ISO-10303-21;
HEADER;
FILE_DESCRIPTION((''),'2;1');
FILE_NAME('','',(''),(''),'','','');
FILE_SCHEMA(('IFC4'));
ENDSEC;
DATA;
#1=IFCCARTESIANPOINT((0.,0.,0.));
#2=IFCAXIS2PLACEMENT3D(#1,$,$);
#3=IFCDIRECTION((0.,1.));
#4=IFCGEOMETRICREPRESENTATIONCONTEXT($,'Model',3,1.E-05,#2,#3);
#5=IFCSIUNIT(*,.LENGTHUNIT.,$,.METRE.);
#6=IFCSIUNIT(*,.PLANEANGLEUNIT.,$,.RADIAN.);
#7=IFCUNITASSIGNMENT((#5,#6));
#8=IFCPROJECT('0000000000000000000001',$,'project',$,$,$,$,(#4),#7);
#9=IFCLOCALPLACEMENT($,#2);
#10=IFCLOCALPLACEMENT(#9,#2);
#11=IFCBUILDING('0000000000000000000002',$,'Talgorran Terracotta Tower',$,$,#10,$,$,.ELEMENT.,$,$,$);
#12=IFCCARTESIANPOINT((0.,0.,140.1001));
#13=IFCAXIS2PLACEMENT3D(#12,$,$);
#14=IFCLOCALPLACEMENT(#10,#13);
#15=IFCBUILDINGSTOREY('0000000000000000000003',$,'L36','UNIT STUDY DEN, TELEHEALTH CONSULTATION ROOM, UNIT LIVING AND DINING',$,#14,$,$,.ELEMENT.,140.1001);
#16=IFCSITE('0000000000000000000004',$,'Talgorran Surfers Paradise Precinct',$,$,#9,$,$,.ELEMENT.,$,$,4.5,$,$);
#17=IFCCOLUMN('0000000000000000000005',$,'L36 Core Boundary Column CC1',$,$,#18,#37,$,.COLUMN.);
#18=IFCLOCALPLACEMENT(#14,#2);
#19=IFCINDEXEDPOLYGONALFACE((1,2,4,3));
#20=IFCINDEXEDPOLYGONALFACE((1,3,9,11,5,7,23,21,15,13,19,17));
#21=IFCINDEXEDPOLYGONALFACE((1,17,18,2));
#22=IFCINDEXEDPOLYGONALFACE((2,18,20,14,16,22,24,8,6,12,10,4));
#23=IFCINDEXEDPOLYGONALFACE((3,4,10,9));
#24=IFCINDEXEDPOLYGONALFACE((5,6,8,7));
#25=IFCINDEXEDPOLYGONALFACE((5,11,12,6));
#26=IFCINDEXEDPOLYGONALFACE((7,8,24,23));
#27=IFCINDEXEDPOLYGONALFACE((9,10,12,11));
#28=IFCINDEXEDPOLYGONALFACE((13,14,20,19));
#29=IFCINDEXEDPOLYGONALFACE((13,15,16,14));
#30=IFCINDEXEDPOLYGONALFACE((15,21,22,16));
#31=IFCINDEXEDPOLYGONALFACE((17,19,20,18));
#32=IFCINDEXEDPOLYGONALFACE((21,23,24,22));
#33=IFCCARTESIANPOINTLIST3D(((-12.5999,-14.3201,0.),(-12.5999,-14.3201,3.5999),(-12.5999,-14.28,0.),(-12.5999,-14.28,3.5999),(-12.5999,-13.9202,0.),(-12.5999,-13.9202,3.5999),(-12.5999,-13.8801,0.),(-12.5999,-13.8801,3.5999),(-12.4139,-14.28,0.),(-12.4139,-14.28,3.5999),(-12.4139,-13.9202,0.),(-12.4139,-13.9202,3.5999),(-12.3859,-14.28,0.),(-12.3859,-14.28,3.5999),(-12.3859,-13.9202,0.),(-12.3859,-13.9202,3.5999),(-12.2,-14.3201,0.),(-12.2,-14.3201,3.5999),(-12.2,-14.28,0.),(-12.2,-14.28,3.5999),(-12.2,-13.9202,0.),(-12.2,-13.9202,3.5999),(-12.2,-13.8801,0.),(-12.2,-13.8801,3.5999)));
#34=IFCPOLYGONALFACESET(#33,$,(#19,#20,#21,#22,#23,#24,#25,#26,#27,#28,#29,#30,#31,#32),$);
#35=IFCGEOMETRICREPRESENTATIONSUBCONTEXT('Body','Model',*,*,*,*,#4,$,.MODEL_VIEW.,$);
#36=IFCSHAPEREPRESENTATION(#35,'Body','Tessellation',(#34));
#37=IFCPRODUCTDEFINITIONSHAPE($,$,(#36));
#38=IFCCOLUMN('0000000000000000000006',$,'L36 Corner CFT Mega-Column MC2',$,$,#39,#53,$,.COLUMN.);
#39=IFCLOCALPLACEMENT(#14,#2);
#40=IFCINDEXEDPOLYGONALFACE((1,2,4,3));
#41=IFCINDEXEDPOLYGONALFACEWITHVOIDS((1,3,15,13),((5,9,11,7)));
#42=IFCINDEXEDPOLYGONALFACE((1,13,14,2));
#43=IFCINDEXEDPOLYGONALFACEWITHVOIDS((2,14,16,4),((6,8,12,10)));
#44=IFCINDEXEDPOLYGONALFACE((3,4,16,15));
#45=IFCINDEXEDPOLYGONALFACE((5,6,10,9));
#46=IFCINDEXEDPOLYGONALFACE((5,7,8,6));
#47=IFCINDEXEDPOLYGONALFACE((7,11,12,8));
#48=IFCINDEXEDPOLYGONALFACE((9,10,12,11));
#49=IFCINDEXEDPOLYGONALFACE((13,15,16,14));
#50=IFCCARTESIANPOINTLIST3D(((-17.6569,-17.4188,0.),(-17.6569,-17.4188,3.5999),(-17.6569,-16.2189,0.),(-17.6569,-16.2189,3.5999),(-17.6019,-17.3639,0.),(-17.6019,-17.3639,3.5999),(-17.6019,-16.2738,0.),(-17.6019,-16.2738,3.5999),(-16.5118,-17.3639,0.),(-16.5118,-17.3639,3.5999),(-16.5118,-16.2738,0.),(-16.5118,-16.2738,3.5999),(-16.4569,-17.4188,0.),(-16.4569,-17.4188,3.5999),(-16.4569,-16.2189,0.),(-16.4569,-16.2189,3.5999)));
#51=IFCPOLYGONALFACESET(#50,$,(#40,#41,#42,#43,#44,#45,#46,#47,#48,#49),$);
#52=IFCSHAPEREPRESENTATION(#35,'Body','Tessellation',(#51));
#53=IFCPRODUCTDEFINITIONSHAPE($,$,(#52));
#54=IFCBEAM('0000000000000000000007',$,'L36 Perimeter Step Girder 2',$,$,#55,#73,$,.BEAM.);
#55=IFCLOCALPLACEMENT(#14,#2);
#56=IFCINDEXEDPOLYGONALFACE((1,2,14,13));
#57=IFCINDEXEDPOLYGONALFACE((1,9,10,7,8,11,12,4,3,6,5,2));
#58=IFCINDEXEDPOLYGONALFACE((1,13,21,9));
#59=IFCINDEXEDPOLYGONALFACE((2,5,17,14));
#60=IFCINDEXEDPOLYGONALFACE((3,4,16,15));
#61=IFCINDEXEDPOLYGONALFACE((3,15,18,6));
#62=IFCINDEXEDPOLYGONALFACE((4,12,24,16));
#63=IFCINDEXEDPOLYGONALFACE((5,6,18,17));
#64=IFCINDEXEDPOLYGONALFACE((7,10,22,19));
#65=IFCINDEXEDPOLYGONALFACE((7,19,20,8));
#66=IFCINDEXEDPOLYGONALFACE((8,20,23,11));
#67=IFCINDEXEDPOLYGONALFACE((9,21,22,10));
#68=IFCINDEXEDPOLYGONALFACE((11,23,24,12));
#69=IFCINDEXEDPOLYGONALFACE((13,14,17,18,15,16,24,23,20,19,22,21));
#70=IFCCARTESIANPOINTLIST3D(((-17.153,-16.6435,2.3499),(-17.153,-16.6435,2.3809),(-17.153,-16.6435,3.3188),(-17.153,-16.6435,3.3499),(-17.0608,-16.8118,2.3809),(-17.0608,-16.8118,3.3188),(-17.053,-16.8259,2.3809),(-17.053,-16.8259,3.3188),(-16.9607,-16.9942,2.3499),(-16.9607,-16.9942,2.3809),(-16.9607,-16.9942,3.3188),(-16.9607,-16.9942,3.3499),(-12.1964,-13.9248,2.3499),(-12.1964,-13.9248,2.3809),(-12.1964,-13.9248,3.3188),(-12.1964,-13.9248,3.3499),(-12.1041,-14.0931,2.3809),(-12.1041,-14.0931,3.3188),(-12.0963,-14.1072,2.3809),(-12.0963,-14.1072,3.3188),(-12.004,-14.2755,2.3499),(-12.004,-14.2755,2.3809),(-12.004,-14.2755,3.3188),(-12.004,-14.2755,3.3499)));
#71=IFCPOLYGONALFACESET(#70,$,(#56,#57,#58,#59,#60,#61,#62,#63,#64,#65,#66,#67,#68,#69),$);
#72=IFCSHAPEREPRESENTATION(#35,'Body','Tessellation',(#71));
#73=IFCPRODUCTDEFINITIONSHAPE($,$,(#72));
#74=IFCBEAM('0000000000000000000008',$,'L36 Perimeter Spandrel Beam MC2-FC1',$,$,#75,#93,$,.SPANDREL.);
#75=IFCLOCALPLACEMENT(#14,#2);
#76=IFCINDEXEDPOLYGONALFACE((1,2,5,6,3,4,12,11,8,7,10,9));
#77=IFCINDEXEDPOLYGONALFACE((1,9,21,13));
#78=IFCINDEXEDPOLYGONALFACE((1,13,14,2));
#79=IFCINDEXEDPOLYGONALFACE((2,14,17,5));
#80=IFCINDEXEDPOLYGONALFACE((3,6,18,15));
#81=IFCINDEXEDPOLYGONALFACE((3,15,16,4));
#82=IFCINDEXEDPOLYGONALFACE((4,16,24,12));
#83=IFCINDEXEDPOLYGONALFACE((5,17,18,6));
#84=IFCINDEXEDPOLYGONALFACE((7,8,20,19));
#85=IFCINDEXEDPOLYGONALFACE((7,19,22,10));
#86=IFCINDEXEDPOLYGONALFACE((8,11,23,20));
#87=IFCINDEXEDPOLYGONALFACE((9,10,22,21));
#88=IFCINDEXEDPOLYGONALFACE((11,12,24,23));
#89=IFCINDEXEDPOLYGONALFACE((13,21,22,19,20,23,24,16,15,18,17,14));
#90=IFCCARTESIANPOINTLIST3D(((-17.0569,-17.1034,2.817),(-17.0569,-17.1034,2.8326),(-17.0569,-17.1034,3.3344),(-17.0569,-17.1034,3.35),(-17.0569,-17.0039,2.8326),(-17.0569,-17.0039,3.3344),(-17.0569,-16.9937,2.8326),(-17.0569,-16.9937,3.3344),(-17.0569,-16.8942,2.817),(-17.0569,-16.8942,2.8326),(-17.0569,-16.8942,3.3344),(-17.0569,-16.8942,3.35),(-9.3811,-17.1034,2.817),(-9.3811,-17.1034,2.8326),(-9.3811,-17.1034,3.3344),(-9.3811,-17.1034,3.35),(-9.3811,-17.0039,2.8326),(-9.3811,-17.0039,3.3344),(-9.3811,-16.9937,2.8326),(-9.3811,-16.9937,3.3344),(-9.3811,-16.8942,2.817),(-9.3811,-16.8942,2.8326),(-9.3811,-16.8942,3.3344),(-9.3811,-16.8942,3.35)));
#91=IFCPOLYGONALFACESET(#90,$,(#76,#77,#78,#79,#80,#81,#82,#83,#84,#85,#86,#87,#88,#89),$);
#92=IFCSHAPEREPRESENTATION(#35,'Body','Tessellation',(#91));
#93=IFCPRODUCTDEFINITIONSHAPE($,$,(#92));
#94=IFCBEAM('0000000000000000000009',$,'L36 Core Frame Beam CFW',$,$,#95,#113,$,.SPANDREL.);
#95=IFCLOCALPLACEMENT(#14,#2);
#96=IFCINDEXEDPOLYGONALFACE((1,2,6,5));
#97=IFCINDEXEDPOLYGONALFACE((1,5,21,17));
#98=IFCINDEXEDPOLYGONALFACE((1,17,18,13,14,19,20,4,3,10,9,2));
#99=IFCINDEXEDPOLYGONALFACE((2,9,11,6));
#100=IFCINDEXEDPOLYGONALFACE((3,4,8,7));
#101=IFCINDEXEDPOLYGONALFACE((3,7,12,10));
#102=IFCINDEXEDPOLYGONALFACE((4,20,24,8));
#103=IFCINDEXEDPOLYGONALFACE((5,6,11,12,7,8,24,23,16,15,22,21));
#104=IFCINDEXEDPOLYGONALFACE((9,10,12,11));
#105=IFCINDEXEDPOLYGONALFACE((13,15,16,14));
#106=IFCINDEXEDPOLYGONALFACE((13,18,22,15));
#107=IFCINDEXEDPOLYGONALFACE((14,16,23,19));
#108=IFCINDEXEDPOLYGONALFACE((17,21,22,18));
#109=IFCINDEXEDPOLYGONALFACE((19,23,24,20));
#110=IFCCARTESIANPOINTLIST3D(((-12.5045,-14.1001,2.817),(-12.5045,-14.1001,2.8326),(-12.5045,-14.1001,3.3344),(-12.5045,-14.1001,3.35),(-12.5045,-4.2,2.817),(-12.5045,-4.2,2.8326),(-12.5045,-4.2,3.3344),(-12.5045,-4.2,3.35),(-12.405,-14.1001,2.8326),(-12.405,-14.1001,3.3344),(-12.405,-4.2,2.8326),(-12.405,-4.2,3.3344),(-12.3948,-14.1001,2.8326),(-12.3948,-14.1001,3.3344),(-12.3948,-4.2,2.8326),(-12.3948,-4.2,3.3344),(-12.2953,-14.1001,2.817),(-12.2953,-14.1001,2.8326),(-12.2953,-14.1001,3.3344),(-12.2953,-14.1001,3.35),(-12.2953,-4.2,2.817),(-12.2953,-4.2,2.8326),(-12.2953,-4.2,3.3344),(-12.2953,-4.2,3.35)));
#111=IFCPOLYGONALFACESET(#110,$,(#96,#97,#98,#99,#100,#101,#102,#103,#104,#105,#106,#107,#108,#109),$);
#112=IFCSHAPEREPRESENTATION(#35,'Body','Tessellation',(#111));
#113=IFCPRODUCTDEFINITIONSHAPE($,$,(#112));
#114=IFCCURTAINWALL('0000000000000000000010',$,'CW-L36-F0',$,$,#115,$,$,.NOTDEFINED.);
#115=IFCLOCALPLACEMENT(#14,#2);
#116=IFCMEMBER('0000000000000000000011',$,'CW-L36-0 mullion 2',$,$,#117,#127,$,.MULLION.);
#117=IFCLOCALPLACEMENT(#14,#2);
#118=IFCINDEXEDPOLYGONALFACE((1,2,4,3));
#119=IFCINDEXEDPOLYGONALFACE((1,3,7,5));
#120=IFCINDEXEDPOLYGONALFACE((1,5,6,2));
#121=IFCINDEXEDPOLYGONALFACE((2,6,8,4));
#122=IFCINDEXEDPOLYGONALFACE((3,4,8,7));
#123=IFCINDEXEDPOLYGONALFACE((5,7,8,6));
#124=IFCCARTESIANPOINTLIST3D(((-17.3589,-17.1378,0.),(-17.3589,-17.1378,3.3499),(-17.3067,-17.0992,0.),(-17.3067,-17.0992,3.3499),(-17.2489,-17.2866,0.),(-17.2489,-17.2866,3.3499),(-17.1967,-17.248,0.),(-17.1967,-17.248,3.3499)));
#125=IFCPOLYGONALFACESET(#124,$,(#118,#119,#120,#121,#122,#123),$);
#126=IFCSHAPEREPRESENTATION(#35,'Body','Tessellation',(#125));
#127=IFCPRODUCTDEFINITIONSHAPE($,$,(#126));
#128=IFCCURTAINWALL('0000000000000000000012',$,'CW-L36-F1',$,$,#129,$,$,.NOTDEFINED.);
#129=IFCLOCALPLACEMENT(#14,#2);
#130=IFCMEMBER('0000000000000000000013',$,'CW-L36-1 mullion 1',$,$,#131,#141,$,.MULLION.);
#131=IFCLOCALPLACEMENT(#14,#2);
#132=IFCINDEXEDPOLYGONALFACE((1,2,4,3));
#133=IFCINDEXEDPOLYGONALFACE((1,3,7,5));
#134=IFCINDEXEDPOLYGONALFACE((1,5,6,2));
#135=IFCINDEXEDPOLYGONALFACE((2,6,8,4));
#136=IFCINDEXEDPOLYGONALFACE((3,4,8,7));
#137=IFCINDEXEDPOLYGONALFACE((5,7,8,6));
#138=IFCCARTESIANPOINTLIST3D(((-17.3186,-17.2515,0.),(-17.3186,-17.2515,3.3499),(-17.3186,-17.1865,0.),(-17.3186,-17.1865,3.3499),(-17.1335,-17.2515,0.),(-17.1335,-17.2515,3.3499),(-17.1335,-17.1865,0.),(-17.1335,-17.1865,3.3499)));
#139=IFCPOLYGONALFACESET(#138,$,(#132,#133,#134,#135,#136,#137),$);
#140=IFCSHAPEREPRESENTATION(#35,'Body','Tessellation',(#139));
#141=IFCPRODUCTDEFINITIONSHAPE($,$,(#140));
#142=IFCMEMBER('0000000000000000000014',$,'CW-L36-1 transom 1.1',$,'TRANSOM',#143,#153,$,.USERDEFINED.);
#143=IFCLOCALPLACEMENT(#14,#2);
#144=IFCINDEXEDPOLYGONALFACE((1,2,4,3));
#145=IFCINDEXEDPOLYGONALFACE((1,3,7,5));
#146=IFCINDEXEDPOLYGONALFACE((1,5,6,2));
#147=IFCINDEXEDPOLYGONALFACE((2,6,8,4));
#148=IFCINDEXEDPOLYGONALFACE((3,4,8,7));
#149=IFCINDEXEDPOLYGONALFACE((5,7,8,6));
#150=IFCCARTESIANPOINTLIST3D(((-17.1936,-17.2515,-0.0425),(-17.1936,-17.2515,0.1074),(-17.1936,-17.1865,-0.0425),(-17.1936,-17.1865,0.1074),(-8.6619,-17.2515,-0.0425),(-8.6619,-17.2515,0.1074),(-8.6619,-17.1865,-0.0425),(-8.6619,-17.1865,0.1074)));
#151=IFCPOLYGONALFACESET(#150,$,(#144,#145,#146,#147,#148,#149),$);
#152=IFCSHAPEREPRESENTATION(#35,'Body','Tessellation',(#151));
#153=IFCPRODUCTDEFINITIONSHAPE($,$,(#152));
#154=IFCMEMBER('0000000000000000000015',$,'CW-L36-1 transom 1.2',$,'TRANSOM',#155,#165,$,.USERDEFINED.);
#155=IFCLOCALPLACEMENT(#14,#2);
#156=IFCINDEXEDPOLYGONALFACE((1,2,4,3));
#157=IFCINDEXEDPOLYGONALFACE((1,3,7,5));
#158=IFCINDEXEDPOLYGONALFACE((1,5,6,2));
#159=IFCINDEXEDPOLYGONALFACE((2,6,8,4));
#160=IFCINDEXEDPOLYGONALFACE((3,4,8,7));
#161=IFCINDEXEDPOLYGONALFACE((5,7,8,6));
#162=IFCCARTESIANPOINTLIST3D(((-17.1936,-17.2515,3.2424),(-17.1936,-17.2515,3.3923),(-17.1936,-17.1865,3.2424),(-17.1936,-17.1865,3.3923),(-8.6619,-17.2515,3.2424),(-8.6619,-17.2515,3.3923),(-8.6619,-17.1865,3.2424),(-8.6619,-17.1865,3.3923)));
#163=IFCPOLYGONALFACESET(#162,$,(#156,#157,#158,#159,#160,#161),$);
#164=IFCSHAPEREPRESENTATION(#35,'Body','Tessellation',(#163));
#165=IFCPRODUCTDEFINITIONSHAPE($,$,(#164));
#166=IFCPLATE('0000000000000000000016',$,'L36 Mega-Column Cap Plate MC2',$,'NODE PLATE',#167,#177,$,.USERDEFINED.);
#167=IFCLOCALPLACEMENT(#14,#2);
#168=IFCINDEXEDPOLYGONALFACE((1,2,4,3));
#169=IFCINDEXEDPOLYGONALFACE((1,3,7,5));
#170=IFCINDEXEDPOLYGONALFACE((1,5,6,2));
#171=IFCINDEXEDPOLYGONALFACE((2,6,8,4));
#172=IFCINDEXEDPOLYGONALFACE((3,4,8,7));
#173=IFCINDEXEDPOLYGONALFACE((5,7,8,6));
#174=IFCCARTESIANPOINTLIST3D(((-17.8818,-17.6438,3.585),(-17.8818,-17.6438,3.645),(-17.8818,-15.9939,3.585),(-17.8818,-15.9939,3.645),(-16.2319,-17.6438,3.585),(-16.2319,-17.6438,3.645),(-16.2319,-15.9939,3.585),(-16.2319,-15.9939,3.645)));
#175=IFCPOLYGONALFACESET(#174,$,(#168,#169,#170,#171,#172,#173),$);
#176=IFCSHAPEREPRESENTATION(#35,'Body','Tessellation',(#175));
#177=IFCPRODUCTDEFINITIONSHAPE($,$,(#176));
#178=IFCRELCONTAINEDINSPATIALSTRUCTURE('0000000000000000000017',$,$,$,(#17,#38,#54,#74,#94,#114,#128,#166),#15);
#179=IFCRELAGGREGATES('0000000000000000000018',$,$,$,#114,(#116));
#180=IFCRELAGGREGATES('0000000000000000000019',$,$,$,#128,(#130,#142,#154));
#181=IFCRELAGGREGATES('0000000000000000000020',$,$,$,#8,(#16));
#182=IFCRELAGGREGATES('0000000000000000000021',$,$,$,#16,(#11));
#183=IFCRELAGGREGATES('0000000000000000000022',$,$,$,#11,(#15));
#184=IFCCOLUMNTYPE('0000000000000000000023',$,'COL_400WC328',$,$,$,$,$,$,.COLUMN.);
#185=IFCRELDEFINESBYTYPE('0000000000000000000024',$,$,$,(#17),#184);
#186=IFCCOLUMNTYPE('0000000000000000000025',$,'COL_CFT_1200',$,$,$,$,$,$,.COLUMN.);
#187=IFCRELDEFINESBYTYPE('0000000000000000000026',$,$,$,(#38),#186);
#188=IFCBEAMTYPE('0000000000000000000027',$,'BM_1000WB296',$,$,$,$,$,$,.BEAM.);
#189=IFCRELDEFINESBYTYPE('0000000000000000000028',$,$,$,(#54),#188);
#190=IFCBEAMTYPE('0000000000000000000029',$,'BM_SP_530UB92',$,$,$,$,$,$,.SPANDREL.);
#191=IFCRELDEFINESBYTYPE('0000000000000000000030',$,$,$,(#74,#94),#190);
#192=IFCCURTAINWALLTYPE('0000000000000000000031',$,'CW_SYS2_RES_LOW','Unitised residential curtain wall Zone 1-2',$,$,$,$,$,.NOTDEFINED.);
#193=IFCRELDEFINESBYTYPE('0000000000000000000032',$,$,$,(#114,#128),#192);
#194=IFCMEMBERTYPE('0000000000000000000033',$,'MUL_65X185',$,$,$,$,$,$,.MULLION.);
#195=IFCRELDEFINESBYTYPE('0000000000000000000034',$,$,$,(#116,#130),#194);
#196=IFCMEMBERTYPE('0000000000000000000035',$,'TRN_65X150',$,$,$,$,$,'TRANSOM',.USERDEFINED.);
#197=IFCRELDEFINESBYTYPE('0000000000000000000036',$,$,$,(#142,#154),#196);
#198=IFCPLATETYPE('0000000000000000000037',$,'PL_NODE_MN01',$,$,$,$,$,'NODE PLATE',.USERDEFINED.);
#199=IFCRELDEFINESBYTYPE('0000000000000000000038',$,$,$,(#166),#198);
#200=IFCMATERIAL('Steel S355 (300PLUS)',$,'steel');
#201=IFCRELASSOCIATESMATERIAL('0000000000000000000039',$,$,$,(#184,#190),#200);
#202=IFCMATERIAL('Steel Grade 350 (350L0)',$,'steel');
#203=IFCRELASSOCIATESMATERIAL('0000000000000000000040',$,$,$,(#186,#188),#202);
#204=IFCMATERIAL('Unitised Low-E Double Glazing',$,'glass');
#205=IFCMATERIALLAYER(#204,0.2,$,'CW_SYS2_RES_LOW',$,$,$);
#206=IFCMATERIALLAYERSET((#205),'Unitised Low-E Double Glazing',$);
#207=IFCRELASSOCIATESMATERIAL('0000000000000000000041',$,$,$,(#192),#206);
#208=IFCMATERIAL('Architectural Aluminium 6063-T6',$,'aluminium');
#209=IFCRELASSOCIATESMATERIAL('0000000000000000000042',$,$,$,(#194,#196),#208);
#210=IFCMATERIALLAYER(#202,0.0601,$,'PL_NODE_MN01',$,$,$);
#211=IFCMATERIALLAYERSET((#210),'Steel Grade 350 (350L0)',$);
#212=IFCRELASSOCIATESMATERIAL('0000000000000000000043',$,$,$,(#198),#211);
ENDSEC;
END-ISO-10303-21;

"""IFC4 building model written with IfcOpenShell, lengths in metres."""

from ifc_helpers import new_model, si_unit, direction, frame, origin, origin_2d, place, context, subcontext, project, spatial, rectangle, hollow_rectangle, i_section, extrude, material, layer, layer_set, material_profile, profile_set, type_object, element, aggregate, save


model = new_model("IFC4")

# Units and contexts
model_context = context("Model", 3, precision=1e-05, world=origin(), true_north=direction((0.0, 1.0)))
body_context = subcontext(model_context, "Body", "Model", "MODEL_VIEW")
ifc_project = project(units=[si_unit("LENGTHUNIT", "METRE"), si_unit("PLANEANGLEUNIT", "RADIAN")], contexts=[model_context])

# Site, building, storey
site_placement = place(None, origin())
site = spatial("IfcSite", under=ifc_project, at=site_placement, Name="Talgorran Surfers Paradise Precinct", CompositionType="ELEMENT", RefElevation=4.5)
building_placement = place(site_placement, origin())
building = spatial("IfcBuilding", under=site, at=building_placement, Name="Talgorran Terracotta Tower", CompositionType="ELEMENT")
storey_placement = place(building_placement, frame((0.0, 0.0, 140.1001)))
storey = spatial("IfcBuildingStorey", under=building, at=storey_placement, Name="L36", Description="UNIT STUDY DEN, TELEHEALTH CONSULTATION ROOM, UNIT LIVING AND DINING", CompositionType="ELEMENT", Elevation=140.1001)

# Columns
ifc_material_1 = material(Name="Steel S355 (300PLUS)", Category="steel")
ifc_material_profile_1 = material_profile(ifc_material_1, i_section(OverallWidth=0.3999, OverallDepth=0.4399, WebThickness=0.0281, FlangeThickness=0.04, at=origin_2d()), Name="400WC328")
ifc_profile_set_1 = profile_set([ifc_material_profile_1], Name="Steel S355 (300PLUS)")
column_type_1 = type_object("IfcColumnType", Name="COL_400WC328", PredefinedType="COLUMN", material=ifc_profile_set_1)
column_1_placement = place(storey_placement, frame((-12.3999, -14.1001, 0.0), z_axis=(0.0, 0.0, 1.0), x_axis=(1.0, 0.0, 0.0)))
element("IfcColumn", 1, at=column_1_placement, inside=storey, type_object=column_type_1, Name="L36 Core Boundary Column CC1", PredefinedType="COLUMN", context=body_context, shape_type="SweptSolid", body=[
    extrude(i_section(OverallWidth=0.3999, OverallDepth=0.4399, WebThickness=0.0281, FlangeThickness=0.04, at=origin_2d()), origin(), (0.0, 0.0, 1.0), 3.5999),
])
ifc_material_2 = material(Name="Steel Grade 350 (350L0)", Category="steel")
ifc_material_profile_2 = material_profile(ifc_material_2, hollow_rectangle(XDim=1.2, YDim=1.2, WallThickness=0.0549, at=origin_2d()), Name="CFT1200X1200X55")
ifc_profile_set_2 = profile_set([ifc_material_profile_2], Name="Steel Grade 350 (350L0)")
column_type_2 = type_object("IfcColumnType", Name="COL_CFT_1200", PredefinedType="COLUMN", material=ifc_profile_set_2)
column_2_placement = place(storey_placement, frame((-17.0569, -16.8188, 0.0), z_axis=(0.0, 0.0, 1.0), x_axis=(1.0, 0.0, 0.0)))
element("IfcColumn", 2, at=column_2_placement, inside=storey, type_object=column_type_2, Name="L36 Corner CFT Mega-Column MC2", PredefinedType="COLUMN", context=body_context, shape_type="SweptSolid", body=[
    extrude(hollow_rectangle(XDim=1.2, YDim=1.2, WallThickness=0.0549, at=origin_2d()), origin(), (0.0, 0.0, 1.0), 3.5999),
])

# Beams
ifc_material_profile_3 = material_profile(ifc_material_2, i_section(OverallWidth=0.3999, OverallDepth=1.0, WebThickness=0.0161, FlangeThickness=0.031, at=origin_2d()), Name="1000WB296")
ifc_profile_set_3 = profile_set([ifc_material_profile_3], Name="Steel Grade 350 (350L0)")
beam_type_1 = type_object("IfcBeamType", Name="BM_1000WB296", PredefinedType="BEAM", material=ifc_profile_set_3)
beam_1_placement = place(storey_placement, frame((-17.0569, -16.8188, 2.8499), z_axis=(0.876774, 0.480902, 0.0), x_axis=(-0.480902, 0.876774, 0.0)))
element("IfcBeam", 3, at=beam_1_placement, inside=storey, type_object=beam_type_1, Name="L36 Perimeter Step Girder 2", PredefinedType="BEAM", context=body_context, shape_type="SweptSolid", body=[
    extrude(i_section(OverallWidth=0.3999, OverallDepth=1.0, WebThickness=0.0161, FlangeThickness=0.031, at=origin_2d()), origin(), (0.0, 0.0, 1.0), 5.6533),
])
ifc_material_profile_4 = material_profile(ifc_material_1, i_section(OverallWidth=0.2092, OverallDepth=0.533, WebThickness=0.0103, FlangeThickness=0.0156, at=origin_2d()), Name="530UB92.4")
ifc_profile_set_4 = profile_set([ifc_material_profile_4], Name="Steel S355 (300PLUS)")
beam_type_2 = type_object("IfcBeamType", Name="BM_SP_530UB92", PredefinedType="SPANDREL", material=ifc_profile_set_4)
beam_2_placement = place(storey_placement, frame((-17.0569, -16.9988, 3.0835), z_axis=(1.0, 0.0, 0.0), x_axis=(0.0, 1.0, 0.0)))
element("IfcBeam", 4, at=beam_2_placement, inside=storey, type_object=beam_type_2, Name="L36 Perimeter Spandrel Beam MC2-FC1", PredefinedType="SPANDREL", context=body_context, shape_type="SweptSolid", body=[
    extrude(i_section(OverallWidth=0.2092, OverallDepth=0.533, WebThickness=0.0103, FlangeThickness=0.0156, at=origin_2d()), origin(), (0.0, 0.0, 1.0), 7.6758),
])
beam_3_placement = place(storey_placement, frame((-12.3999, -14.1001, 3.0835), z_axis=(0.0, 1.0, 0.0), x_axis=(-1.0, 0.0, 0.0)))
element("IfcBeam", 5, at=beam_3_placement, inside=storey, type_object=beam_type_2, Name="L36 Core Frame Beam CFW", PredefinedType="SPANDREL", context=body_context, shape_type="SweptSolid", body=[
    extrude(i_section(OverallWidth=0.2092, OverallDepth=0.533, WebThickness=0.0103, FlangeThickness=0.0156, at=origin_2d()), origin(), (0.0, 0.0, 1.0), 9.9001),
])

# Curtain wall, member
ifc_material_3 = material(Name="Unitised Low-E Double Glazing", Category="glass")
ifc_layer_1 = layer(ifc_material_3, 0.2, Name="CW_SYS2_RES_LOW")
ifc_layer_set_1 = layer_set([ifc_layer_1], Name="Unitised Low-E Double Glazing")
curtain_wall_type = type_object("IfcCurtainWallType", Name="CW_SYS2_RES_LOW", Description="Unitised residential curtain wall Zone 1-2", PredefinedType="NOTDEFINED", material=ifc_layer_set_1)
curtain_wall_1_placement = place(storey_placement, origin())
curtain_wall_1 = element("IfcCurtainWall", 6, at=curtain_wall_1_placement, inside=storey, type_object=curtain_wall_type, Name="CW-L36-F0", PredefinedType="NOTDEFINED")
ifc_material_4 = material(Name="Architectural Aluminium 6063-T6", Category="aluminium")
ifc_material_profile_5 = material_profile(ifc_material_4, rectangle(XDim=0.0649, YDim=0.1851, at=origin_2d()), Name="CWM65X185")
ifc_profile_set_5 = profile_set([ifc_material_profile_5], Name="Architectural Aluminium 6063-T6")
member_type_1 = type_object("IfcMemberType", Name="MUL_65X185", PredefinedType="MULLION", material=ifc_profile_set_5)
member_1_placement = place(storey_placement, frame((-17.2778, -17.1929, 0.0), z_axis=(0.0, 0.0, 1.0), x_axis=(0.804201, 0.594358, 0.0)))
member_1 = element("IfcMember", 7, at=member_1_placement, type_object=member_type_1, Name="CW-L36-0 mullion 2", PredefinedType="MULLION", context=body_context, shape_type="SweptSolid", body=[
    extrude(rectangle(XDim=0.0649, YDim=0.1851, at=origin_2d()), origin(), (0.0, 0.0, 1.0), 3.3499),
])

# Curtain wall, members
curtain_wall_2_placement = place(storey_placement, origin())
curtain_wall_2 = element("IfcCurtainWall", 8, at=curtain_wall_2_placement, inside=storey, type_object=curtain_wall_type, Name="CW-L36-F1", PredefinedType="NOTDEFINED")
member_2_placement = place(storey_placement, frame((-17.2261, -17.219, 0.0), z_axis=(0.0, 0.0, 1.0), x_axis=(0.0, 1.0, 0.0)))
member_2 = element("IfcMember", 9, at=member_2_placement, type_object=member_type_1, Name="CW-L36-1 mullion 1", PredefinedType="MULLION", context=body_context, shape_type="SweptSolid", body=[
    extrude(rectangle(XDim=0.0649, YDim=0.1851, at=origin_2d()), origin(), (0.0, 0.0, 1.0), 3.3499),
])
ifc_material_profile_6 = material_profile(ifc_material_4, rectangle(XDim=0.0649, YDim=0.1499, at=origin_2d()), Name="CWT65X150")
ifc_profile_set_6 = profile_set([ifc_material_profile_6], Name="Architectural Aluminium 6063-T6")
member_type_2 = type_object("IfcMemberType", Name="TRN_65X150", ElementType="TRANSOM", PredefinedType="USERDEFINED", material=ifc_profile_set_6)
member_3_placement = place(storey_placement, frame((-17.1936, -17.219, 0.0325), z_axis=(1.0, 0.0, 0.0), x_axis=(0.0, 1.0, 0.0)))
member_3 = element("IfcMember", 10, at=member_3_placement, type_object=member_type_2, Name="CW-L36-1 transom 1.1", ObjectType="TRANSOM", PredefinedType="USERDEFINED", context=body_context, shape_type="SweptSolid", body=[
    extrude(rectangle(XDim=0.0649, YDim=0.1499, at=origin_2d()), origin(), (0.0, 0.0, 1.0), 8.5317),
])
member_4_placement = place(storey_placement, frame((-17.1936, -17.219, 3.3174), z_axis=(1.0, 0.0, 0.0), x_axis=(0.0, 1.0, 0.0)))
member_4 = element("IfcMember", 11, at=member_4_placement, type_object=member_type_2, Name="CW-L36-1 transom 1.2", ObjectType="TRANSOM", PredefinedType="USERDEFINED", context=body_context, shape_type="SweptSolid", body=[
    extrude(rectangle(XDim=0.0649, YDim=0.1499, at=origin_2d()), origin(), (0.0, 0.0, 1.0), 8.5317),
])

# Plate
ifc_layer_2 = layer(ifc_material_2, 0.0601, Name="PL_NODE_MN01")
ifc_layer_set_2 = layer_set([ifc_layer_2], Name="Steel Grade 350 (350L0)")
plate_type_1 = type_object("IfcPlateType", Name="PL_NODE_MN01", ElementType="NODE PLATE", PredefinedType="USERDEFINED", material=ifc_layer_set_2)
plate_1_placement = place(storey_placement, frame((-17.0569, -16.8188, 3.585), z_axis=(0.0, 0.0, 1.0), x_axis=(1.0, 0.0, 0.0)))
element("IfcPlate", 12, at=plate_1_placement, inside=storey, type_object=plate_type_1, Name="L36 Mega-Column Cap Plate MC2", ObjectType="NODE PLATE", PredefinedType="USERDEFINED", context=body_context, shape_type="SweptSolid", body=[
    extrude(rectangle(XDim=1.6499, YDim=1.6499, at=origin_2d()), origin(), (0.0, 0.0, 1.0), 0.0601),
])
aggregate(curtain_wall_1, [member_1])
aggregate(curtain_wall_2, [member_2, member_3, member_4])

save(model, "model.ifc")
